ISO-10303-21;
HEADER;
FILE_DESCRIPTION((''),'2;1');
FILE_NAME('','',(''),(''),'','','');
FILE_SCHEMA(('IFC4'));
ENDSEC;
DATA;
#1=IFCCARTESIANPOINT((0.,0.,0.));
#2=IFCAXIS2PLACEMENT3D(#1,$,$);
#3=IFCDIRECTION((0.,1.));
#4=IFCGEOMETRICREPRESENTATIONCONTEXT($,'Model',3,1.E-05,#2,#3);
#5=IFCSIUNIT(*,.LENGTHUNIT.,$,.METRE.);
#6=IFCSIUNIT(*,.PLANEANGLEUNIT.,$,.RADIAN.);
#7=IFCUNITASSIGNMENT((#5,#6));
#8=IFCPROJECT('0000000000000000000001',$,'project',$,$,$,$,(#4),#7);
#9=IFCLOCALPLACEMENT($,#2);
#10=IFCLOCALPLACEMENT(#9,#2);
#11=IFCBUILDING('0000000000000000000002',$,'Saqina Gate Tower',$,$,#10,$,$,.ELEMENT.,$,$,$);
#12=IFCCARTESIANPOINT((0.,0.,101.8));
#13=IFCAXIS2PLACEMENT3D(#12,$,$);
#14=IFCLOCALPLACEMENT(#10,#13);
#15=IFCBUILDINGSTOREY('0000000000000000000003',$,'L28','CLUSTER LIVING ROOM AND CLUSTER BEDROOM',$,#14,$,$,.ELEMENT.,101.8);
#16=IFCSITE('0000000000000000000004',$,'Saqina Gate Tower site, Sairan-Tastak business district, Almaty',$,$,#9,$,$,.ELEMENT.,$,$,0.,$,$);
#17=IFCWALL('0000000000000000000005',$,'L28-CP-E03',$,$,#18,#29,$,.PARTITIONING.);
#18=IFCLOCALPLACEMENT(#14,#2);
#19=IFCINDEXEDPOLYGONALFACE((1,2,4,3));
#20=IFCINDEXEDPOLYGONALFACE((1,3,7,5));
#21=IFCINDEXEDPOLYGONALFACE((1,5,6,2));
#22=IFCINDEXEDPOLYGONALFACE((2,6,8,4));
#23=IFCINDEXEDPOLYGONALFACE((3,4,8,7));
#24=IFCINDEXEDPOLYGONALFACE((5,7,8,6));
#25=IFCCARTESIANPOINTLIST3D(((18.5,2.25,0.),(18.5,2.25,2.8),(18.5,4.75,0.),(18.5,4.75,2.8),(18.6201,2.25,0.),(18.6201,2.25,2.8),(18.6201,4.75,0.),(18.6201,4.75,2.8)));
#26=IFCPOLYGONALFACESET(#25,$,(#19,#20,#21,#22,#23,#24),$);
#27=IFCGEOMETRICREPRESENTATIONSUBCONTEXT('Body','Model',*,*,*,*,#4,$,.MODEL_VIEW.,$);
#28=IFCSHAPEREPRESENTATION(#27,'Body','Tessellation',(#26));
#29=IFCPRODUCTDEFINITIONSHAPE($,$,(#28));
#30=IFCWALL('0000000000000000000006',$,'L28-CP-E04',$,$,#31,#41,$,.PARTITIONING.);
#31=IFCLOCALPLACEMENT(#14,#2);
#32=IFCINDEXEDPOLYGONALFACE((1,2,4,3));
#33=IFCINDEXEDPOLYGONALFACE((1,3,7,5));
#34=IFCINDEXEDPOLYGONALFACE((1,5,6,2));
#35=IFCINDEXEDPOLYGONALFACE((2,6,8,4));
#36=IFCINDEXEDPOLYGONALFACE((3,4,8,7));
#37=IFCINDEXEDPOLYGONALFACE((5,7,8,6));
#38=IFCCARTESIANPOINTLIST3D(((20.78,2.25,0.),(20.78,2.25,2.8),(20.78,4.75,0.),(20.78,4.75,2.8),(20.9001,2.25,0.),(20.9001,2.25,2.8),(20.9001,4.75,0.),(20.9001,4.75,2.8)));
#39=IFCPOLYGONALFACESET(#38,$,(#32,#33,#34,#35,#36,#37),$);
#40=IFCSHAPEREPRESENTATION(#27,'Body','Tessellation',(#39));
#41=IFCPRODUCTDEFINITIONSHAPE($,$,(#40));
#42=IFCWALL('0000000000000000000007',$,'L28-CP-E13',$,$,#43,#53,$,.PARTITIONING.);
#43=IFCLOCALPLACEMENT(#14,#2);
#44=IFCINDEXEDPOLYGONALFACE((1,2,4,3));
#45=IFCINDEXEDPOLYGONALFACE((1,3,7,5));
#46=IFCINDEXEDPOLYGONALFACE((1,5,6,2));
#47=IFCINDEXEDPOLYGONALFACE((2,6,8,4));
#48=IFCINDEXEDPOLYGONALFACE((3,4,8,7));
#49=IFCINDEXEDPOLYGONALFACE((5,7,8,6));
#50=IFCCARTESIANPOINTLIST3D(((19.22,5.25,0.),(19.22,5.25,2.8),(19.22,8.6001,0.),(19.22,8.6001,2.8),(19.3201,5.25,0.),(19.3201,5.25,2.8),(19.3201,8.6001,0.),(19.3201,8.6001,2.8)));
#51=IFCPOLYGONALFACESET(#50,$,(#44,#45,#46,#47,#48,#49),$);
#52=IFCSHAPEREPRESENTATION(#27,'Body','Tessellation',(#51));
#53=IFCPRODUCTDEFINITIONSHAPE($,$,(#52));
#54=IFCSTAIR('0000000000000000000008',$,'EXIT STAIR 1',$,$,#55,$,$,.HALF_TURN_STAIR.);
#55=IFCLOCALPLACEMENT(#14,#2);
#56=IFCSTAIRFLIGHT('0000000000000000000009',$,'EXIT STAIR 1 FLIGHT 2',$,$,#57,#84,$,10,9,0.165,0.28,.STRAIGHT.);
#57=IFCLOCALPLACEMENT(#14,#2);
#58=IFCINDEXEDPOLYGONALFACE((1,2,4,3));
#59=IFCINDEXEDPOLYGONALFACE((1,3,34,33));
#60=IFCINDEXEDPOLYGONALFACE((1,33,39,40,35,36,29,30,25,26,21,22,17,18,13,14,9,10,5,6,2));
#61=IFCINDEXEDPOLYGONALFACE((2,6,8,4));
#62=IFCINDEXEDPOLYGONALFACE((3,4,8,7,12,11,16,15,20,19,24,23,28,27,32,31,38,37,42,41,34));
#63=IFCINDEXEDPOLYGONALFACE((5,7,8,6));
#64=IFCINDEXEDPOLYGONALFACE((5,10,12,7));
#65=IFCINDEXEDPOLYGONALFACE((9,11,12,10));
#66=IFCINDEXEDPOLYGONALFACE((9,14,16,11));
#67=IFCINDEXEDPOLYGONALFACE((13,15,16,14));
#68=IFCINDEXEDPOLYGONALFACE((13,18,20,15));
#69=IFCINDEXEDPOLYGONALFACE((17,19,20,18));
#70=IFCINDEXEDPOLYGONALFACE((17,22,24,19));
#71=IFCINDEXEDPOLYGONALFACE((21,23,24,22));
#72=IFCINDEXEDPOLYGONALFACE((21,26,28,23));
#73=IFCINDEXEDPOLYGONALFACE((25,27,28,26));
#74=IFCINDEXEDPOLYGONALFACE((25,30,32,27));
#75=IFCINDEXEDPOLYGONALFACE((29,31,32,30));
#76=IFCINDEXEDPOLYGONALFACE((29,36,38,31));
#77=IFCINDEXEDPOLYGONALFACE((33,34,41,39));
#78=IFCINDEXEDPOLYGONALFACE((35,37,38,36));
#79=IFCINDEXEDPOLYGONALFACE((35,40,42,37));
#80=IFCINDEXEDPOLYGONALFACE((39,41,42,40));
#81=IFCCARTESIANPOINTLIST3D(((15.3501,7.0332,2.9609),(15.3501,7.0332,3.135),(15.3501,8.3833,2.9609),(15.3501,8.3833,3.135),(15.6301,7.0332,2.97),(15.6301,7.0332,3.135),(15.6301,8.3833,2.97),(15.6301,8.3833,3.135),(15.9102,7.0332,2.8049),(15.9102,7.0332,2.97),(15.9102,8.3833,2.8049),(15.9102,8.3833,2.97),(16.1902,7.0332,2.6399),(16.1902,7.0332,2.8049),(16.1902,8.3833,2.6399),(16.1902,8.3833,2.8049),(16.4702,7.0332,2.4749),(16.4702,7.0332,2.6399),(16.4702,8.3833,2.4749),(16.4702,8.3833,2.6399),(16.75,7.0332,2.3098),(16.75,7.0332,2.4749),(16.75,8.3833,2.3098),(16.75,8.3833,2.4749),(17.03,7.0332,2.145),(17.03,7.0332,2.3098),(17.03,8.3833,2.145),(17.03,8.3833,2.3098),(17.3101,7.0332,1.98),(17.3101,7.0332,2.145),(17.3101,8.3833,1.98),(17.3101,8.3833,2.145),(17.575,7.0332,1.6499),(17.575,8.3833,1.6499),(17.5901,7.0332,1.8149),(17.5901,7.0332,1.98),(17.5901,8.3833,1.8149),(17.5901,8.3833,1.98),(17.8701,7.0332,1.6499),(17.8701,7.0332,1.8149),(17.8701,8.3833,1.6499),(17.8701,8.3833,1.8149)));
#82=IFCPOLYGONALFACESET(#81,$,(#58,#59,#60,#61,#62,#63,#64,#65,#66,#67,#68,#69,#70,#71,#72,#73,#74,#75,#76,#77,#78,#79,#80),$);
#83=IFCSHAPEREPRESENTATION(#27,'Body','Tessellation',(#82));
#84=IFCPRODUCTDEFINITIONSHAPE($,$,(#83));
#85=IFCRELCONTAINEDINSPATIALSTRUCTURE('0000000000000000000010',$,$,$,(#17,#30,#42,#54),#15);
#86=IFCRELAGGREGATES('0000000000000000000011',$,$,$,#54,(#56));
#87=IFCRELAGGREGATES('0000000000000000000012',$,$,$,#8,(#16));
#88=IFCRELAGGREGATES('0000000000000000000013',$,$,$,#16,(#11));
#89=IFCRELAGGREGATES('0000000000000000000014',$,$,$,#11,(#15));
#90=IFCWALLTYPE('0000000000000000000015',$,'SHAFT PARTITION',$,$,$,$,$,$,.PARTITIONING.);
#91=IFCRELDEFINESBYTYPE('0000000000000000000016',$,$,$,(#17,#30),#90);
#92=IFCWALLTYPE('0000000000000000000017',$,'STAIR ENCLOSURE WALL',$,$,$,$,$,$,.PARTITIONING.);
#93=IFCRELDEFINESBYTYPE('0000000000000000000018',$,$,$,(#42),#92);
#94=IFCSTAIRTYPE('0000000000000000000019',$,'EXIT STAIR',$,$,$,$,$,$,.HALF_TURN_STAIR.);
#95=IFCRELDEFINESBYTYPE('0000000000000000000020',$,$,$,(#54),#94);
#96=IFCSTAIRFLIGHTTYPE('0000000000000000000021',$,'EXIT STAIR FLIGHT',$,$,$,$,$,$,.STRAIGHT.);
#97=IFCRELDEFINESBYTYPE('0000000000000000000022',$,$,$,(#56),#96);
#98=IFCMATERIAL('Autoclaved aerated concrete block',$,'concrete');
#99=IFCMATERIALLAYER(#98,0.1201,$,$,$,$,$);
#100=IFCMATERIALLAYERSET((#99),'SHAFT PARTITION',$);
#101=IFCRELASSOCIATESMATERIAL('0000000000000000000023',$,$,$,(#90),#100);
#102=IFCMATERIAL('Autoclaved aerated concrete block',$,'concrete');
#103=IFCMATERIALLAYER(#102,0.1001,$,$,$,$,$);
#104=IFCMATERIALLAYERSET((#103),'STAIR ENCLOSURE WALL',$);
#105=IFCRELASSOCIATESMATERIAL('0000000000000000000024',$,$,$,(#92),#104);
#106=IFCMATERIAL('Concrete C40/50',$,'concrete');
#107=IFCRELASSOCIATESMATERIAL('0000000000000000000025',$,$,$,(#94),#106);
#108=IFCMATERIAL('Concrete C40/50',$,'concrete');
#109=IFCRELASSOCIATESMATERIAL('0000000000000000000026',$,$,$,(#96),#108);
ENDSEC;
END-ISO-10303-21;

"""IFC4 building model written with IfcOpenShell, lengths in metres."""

from ifc_helpers import new_model, si_unit, direction, frame, frame_2d, origin, place, context, subcontext, project, spatial, polyline, rectangle, outline, extrude, material, layer, layer_set, type_object, element, aggregate, save


model = new_model("IFC4")

# Units and contexts
model_context = context("Model", 3, precision=1e-05, world=origin(), true_north=direction((0.0, 1.0)))
body_context = subcontext(model_context, "Body", "Model", "MODEL_VIEW")
ifc_project = project(units=[si_unit("LENGTHUNIT", "METRE"), si_unit("PLANEANGLEUNIT", "RADIAN")], contexts=[model_context])

# Site, building, storey
site_placement = place(None, origin())
site = spatial("IfcSite", under=ifc_project, at=site_placement, Name="Saqina Gate Tower site, Sairan-Tastak business district, Almaty", CompositionType="ELEMENT", RefElevation=0.0)
building_placement = place(site_placement, origin())
building = spatial("IfcBuilding", under=site, at=building_placement, Name="Saqina Gate Tower", CompositionType="ELEMENT")
storey_placement = place(building_placement, frame((0.0, 0.0, 101.8)))
storey = spatial("IfcBuildingStorey", under=building, at=storey_placement, Name="L28", Description="CLUSTER LIVING ROOM AND CLUSTER BEDROOM", CompositionType="ELEMENT", Elevation=101.8)

# Walls
ifc_material_1 = material(Name="Autoclaved aerated concrete block", Category="concrete")
ifc_layer_1 = layer(ifc_material_1, 0.1201)
ifc_layer_set_1 = layer_set([ifc_layer_1], Name="SHAFT PARTITION")
wall_type_1 = type_object("IfcWallType", Name="SHAFT PARTITION", PredefinedType="PARTITIONING", material=ifc_layer_set_1)
for number, where, z_axis, x_axis, name in (
    (1, (18.5601, 2.25, 0.0), (0.0, 0.0, 1.0), (0.0, 1.0, 0.0), "L28-CP-E03"),
    (2, (20.8401, 2.25, 0.0), (0.0, 0.0, 1.0), (0.0, 1.0, 0.0), "L28-CP-E04"),
):
    element("IfcWall", number, at=place(storey_placement, frame(where, z_axis=z_axis, x_axis=x_axis)), inside=storey, type_object=wall_type_1, Name=name, PredefinedType="PARTITIONING", context=body_context, shape_type="SweptSolid", body=[
        extrude(rectangle(XDim=2.5, YDim=0.1201, at=frame_2d((1.25, 0.0))), origin(), (0.0, 0.0, 1.0), 2.8),
    ])
ifc_material_2 = material(Name="Autoclaved aerated concrete block", Category="concrete")
ifc_layer_2 = layer(ifc_material_2, 0.1001)
ifc_layer_set_2 = layer_set([ifc_layer_2], Name="STAIR ENCLOSURE WALL")
wall_type_2 = type_object("IfcWallType", Name="STAIR ENCLOSURE WALL", PredefinedType="PARTITIONING", material=ifc_layer_set_2)
wall_1_placement = place(storey_placement, frame((19.27, 5.25, 0.0), z_axis=(0.0, 0.0, 1.0), x_axis=(0.0, 1.0, 0.0)))
element("IfcWall", 3, at=wall_1_placement, inside=storey, type_object=wall_type_2, Name="L28-CP-E13", PredefinedType="PARTITIONING", context=body_context, shape_type="SweptSolid", body=[
    extrude(rectangle(XDim=3.3501, YDim=0.1001, at=frame_2d((1.675, 0.0))), origin(), (0.0, 0.0, 1.0), 2.8),
])

# Stair, stair flight
ifc_material_3 = material(Name="Concrete C40/50", Category="concrete")
stair_type = type_object("IfcStairType", Name="EXIT STAIR", PredefinedType="HALF_TURN_STAIR", material=ifc_material_3)
stair_placement = place(storey_placement, origin())
stair = element("IfcStair", 4, at=stair_placement, inside=storey, type_object=stair_type, Name="EXIT STAIR 1", PredefinedType="HALF_TURN_STAIR")
ifc_material_4 = material(Name="Concrete C40/50", Category="concrete")
stair_flight_type = type_object("IfcStairFlightType", Name="EXIT STAIR FLIGHT", PredefinedType="STRAIGHT", material=ifc_material_4)
stair_flight_placement = place(storey_placement, frame((17.8701, 7.7083, 1.6499), z_axis=(0.0, 0.0, 1.0), x_axis=(-1.0, 0.0, 0.0)))
stair_flight = element("IfcStairFlight", 5, at=stair_flight_placement, type_object=stair_flight_type, Name="EXIT STAIR 1 FLIGHT 2", NumberOfRisers=10, NumberOfTreads=9, PredefinedType="STRAIGHT", RiserHeight=0.165, TreadLength=0.28, context=body_context, shape_type="SweptSolid", body=[
    extrude(outline(polyline([(0.0, 0.0), (0.0, 0.165), (0.28, 0.165), (0.28, 0.3301), (0.5601, 0.3301), (0.5601, 0.4951), (0.8401, 0.4951), (0.8401, 0.6599), (1.1201, 0.6599), (1.1201, 0.825), (1.3999, 0.825), (1.3999, 0.99), (1.6799, 0.99), (1.6799, 1.155), (1.96, 1.155), (1.96, 1.3201), (2.24, 1.3201), (2.24, 1.4851), (2.52, 1.4851), (2.52, 1.6499), (2.52, 1.311), (0.2952, 0.0), (0.0, 0.0)])), frame((0.0, 0.675, 0.0), z_axis=(0.0, -1.0, 0.0), x_axis=(1.0, 0.0, 0.0)), (0.0, 0.0, 1.0), 1.3501),
])
aggregate(stair, [stair_flight])

save(model, "model.ifc")
